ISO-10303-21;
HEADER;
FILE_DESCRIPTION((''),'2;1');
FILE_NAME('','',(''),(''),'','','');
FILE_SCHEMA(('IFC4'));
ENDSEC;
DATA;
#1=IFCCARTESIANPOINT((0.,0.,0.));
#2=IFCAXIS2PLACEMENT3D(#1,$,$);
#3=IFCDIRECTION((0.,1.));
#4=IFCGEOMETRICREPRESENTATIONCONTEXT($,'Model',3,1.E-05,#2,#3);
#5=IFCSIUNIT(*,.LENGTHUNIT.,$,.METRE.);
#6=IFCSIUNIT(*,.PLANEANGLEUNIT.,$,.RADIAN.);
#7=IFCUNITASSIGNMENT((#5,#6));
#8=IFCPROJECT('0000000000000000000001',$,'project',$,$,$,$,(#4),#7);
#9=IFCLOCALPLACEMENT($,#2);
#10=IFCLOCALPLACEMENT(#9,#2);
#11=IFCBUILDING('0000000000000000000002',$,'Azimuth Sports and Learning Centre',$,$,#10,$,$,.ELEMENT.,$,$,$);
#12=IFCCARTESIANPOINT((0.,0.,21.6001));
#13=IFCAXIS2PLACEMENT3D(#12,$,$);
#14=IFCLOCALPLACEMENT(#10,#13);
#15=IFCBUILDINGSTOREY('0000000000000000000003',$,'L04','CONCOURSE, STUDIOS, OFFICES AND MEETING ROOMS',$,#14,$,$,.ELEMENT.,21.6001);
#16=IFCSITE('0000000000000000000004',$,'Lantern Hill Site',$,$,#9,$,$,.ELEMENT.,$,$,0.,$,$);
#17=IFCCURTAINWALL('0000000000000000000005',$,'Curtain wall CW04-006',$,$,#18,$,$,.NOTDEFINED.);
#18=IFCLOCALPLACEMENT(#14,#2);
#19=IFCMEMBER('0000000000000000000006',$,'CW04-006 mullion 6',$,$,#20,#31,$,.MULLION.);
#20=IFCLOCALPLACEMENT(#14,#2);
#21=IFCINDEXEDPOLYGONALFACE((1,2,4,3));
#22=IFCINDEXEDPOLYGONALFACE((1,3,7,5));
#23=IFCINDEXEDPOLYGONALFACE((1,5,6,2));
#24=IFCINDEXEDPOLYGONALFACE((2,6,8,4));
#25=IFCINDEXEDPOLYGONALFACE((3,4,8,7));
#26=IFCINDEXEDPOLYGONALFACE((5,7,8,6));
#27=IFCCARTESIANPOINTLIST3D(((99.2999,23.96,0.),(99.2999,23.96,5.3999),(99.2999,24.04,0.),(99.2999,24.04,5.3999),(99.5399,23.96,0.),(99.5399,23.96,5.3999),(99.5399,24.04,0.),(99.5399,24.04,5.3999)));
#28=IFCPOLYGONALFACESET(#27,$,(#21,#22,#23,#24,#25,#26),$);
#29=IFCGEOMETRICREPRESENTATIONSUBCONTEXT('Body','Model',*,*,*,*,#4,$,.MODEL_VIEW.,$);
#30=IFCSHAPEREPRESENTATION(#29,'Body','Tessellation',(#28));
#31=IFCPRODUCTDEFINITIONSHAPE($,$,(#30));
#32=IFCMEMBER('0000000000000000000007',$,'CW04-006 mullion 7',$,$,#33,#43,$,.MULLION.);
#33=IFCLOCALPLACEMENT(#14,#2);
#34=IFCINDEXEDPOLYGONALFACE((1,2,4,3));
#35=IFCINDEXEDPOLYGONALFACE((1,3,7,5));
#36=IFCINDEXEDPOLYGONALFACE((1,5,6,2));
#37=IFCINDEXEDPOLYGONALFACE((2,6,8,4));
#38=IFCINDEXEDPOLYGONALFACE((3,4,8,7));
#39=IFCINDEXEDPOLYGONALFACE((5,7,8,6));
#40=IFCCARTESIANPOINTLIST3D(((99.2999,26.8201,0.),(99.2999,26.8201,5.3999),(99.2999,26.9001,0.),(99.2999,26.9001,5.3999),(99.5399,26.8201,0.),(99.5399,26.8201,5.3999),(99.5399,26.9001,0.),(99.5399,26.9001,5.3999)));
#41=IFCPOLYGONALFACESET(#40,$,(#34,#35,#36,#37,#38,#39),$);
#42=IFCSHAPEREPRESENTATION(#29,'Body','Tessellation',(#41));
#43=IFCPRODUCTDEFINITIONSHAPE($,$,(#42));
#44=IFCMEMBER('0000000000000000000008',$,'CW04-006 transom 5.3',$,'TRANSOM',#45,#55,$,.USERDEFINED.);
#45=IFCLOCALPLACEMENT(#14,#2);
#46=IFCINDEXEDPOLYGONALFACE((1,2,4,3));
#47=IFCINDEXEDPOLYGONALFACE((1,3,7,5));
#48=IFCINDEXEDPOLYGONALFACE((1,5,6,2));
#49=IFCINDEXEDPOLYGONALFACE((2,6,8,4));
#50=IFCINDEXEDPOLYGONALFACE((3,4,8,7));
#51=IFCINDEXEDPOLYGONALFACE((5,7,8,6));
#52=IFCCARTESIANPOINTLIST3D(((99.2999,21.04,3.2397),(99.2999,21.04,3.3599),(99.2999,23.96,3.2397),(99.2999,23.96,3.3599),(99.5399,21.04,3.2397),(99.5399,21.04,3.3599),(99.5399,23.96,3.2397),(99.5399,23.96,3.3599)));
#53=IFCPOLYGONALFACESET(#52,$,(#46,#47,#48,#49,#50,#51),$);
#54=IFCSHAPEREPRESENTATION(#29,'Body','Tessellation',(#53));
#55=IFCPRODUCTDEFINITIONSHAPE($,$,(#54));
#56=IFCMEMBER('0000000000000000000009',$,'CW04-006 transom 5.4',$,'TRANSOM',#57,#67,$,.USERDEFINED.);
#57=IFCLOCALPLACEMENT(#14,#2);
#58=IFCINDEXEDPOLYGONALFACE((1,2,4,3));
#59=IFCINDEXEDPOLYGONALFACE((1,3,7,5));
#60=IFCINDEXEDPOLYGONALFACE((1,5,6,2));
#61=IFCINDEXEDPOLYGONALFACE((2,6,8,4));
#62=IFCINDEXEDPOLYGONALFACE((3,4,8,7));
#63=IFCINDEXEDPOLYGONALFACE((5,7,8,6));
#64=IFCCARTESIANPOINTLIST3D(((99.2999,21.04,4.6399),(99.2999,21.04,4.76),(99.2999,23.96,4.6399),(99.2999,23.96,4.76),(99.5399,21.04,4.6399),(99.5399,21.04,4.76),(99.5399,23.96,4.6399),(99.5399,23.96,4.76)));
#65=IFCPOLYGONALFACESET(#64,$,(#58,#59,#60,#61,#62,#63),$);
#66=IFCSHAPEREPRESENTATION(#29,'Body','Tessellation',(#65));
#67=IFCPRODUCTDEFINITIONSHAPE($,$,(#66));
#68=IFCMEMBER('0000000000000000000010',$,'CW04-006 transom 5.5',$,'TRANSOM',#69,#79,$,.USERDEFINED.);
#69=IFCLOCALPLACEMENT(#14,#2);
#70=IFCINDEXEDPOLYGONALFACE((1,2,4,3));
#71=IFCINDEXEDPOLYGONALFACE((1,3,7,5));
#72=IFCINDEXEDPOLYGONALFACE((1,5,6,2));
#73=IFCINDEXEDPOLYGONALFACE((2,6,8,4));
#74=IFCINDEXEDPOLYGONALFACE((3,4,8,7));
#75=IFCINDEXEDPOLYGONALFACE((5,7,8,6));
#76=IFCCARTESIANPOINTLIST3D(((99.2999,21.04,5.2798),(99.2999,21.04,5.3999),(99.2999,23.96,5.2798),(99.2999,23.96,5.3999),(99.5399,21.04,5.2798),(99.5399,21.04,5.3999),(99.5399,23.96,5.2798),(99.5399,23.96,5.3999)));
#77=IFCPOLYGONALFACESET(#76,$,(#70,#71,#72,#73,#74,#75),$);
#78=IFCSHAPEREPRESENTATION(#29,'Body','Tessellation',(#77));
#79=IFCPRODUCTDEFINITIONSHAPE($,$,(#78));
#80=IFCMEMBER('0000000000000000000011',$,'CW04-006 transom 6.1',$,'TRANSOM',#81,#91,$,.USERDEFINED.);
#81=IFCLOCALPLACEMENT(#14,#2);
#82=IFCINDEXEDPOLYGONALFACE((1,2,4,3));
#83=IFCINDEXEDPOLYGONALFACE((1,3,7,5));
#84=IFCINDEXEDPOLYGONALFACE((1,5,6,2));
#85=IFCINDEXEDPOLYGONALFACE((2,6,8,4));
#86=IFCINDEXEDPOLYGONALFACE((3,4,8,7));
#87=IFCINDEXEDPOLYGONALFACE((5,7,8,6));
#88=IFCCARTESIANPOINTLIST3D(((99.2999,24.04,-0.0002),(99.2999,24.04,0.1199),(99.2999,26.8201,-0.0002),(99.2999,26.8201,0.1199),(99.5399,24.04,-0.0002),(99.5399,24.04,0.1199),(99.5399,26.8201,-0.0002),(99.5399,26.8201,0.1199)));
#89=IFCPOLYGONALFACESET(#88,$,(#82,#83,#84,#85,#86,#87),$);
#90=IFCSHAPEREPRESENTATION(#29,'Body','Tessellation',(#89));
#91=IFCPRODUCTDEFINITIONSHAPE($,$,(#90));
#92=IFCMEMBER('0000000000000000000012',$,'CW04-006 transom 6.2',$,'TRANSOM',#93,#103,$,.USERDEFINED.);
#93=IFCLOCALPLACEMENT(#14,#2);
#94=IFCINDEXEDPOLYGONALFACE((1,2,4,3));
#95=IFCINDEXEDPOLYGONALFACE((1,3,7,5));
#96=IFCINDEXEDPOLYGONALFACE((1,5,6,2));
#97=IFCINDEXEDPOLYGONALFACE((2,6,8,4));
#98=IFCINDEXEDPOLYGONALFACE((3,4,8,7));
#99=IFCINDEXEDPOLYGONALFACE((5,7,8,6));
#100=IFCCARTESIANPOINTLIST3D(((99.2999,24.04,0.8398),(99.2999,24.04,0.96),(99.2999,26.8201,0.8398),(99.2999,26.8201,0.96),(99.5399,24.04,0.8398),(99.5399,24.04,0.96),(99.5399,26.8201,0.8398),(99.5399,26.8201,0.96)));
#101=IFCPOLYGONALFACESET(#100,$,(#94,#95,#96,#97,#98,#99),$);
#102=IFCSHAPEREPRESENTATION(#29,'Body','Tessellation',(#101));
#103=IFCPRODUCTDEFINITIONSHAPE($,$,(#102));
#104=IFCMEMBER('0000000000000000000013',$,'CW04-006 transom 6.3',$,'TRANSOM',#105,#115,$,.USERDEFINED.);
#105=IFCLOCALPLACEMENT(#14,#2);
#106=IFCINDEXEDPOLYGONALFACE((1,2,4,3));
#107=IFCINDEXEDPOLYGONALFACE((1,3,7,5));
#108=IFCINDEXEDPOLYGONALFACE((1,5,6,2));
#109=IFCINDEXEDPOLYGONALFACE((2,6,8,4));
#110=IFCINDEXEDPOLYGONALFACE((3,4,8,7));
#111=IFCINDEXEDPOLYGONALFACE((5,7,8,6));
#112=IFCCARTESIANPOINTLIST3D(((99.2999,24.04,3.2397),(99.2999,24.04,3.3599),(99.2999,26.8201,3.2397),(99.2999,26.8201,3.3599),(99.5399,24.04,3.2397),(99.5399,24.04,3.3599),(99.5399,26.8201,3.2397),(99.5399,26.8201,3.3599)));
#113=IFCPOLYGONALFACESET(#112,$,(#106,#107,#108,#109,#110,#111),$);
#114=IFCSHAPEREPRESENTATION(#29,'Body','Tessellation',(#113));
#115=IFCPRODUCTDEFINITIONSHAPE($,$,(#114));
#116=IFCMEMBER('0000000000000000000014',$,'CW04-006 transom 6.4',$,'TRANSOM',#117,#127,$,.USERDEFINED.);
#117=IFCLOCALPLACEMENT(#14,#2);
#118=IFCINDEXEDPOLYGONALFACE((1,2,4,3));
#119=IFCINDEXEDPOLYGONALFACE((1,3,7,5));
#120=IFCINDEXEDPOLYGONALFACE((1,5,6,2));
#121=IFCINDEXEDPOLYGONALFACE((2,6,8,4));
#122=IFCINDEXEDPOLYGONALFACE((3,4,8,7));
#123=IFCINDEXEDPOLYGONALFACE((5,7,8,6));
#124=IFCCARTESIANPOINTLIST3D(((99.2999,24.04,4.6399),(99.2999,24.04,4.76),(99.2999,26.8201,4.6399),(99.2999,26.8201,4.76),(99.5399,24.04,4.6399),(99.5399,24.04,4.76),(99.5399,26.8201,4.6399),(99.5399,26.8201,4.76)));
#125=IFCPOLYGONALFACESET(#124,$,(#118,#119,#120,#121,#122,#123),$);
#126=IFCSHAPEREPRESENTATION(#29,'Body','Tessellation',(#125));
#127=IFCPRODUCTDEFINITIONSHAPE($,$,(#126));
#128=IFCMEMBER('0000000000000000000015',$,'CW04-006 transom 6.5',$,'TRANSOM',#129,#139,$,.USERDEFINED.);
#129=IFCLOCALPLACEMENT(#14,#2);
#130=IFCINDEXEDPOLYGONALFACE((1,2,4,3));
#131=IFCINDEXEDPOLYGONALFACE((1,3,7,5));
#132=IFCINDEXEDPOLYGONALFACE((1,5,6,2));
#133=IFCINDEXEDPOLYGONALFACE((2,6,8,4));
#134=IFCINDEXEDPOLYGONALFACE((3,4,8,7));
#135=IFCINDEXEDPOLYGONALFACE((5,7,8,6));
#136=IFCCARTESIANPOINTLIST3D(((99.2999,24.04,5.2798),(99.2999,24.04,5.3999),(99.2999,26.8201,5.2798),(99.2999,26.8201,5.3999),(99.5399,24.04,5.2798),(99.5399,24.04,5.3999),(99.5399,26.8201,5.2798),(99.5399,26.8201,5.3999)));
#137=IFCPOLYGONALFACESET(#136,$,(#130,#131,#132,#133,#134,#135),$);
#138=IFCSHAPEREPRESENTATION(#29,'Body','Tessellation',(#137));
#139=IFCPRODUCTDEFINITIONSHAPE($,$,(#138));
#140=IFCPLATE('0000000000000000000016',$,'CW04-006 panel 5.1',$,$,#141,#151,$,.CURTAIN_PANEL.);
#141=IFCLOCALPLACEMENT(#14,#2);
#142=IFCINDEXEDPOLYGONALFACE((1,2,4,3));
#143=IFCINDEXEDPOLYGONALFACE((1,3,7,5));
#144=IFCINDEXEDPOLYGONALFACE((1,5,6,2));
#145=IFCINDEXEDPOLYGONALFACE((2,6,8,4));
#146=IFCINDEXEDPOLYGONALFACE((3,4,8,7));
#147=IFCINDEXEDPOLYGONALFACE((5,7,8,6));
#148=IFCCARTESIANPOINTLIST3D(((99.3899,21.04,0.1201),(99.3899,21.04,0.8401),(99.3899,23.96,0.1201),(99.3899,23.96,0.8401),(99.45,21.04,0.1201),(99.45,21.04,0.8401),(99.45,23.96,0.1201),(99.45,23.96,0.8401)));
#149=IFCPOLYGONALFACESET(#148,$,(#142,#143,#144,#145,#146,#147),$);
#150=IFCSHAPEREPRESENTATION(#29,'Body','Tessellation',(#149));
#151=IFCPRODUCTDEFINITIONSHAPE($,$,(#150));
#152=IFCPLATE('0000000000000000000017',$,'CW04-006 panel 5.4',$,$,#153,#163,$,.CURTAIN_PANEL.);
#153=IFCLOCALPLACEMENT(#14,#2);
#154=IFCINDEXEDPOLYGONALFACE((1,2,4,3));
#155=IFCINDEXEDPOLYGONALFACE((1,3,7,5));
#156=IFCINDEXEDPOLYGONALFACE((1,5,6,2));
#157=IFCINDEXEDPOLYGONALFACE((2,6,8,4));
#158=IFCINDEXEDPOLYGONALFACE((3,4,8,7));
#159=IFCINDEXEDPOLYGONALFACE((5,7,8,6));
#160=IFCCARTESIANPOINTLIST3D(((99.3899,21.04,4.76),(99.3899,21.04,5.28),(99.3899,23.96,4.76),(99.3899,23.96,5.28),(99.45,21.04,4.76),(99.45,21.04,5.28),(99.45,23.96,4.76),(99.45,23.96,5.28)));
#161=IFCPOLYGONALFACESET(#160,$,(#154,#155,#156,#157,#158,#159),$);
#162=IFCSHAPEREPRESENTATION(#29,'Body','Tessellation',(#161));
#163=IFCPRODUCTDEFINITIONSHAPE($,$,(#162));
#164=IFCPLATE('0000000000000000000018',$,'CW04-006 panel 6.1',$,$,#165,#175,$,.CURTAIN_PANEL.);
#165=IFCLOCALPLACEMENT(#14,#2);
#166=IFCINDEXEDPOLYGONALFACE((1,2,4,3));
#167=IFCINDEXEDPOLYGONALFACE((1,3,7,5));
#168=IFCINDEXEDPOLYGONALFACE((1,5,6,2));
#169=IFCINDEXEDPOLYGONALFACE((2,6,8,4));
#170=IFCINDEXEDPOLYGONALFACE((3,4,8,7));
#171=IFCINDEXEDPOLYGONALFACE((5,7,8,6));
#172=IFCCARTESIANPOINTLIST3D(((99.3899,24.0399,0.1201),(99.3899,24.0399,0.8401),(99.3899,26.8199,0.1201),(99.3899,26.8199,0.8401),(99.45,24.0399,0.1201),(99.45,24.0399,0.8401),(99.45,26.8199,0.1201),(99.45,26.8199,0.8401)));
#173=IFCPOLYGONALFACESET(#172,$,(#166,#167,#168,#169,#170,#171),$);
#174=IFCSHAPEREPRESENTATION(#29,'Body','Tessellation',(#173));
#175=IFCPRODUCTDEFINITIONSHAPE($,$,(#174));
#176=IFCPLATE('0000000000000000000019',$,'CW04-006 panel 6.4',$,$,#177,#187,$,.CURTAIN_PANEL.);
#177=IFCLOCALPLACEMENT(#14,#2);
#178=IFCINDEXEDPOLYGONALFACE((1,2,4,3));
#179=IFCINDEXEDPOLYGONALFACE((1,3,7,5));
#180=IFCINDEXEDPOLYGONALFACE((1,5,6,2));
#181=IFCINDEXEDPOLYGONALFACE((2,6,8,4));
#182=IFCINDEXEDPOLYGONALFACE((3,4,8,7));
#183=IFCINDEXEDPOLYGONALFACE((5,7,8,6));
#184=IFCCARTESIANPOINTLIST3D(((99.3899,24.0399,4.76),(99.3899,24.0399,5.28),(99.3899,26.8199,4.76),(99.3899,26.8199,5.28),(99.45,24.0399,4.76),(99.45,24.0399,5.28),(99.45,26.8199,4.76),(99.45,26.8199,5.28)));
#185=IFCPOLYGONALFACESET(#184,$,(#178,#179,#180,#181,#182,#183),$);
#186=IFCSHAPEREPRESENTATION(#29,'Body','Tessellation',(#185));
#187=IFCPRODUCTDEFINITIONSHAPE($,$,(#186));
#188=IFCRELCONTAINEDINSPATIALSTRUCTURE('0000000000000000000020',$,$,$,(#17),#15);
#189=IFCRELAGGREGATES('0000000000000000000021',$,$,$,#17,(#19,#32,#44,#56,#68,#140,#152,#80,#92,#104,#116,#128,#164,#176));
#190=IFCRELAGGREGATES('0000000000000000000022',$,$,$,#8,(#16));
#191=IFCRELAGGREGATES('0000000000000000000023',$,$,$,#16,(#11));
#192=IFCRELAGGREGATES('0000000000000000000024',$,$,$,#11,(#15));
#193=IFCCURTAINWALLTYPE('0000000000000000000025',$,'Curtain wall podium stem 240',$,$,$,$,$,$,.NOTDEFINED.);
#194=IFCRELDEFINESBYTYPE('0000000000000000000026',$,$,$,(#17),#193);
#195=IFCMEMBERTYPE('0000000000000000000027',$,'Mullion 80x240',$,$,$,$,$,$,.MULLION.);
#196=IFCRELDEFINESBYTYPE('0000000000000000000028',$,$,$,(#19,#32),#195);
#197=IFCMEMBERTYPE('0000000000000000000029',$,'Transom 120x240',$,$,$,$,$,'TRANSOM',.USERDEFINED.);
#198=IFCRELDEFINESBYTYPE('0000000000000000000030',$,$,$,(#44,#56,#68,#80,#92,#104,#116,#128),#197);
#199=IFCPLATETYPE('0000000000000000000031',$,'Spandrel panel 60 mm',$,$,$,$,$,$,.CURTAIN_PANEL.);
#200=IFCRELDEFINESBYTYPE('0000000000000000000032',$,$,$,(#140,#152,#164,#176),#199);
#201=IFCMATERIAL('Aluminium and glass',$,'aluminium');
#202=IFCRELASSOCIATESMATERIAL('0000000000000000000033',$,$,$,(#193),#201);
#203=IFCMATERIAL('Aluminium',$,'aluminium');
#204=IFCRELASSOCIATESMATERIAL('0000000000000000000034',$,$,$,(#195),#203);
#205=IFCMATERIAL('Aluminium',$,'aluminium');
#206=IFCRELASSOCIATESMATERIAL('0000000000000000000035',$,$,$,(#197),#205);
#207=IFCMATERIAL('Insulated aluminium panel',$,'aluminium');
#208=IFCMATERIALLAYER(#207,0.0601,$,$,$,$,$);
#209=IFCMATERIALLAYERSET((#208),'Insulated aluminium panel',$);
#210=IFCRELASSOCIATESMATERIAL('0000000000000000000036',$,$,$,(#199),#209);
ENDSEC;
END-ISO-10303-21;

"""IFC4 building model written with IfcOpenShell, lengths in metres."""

from ifc_helpers import new_model, si_unit, direction, frame, origin, origin_2d, place, context, subcontext, project, spatial, rectangle, extrude, material, layer, layer_set, material_profile, profile_set, type_object, element, aggregate, save


model = new_model("IFC4")

# Units and contexts
model_context = context("Model", 3, precision=1e-05, world=origin(), true_north=direction((0.0, 1.0)))
body_context = subcontext(model_context, "Body", "Model", "MODEL_VIEW")
ifc_project = project(units=[si_unit("LENGTHUNIT", "METRE"), si_unit("PLANEANGLEUNIT", "RADIAN")], contexts=[model_context])

# Site, building, storey
site_placement = place(None, origin())
site = spatial("IfcSite", under=ifc_project, at=site_placement, Name="Lantern Hill Site", CompositionType="ELEMENT", RefElevation=0.0)
building_placement = place(site_placement, origin())
building = spatial("IfcBuilding", under=site, at=building_placement, Name="Azimuth Sports and Learning Centre", CompositionType="ELEMENT")
storey_placement = place(building_placement, frame((0.0, 0.0, 21.6001)))
storey = spatial("IfcBuildingStorey", under=building, at=storey_placement, Name="L04", Description="CONCOURSE, STUDIOS, OFFICES AND MEETING ROOMS", CompositionType="ELEMENT", Elevation=21.6001)

# Curtain wall, members, plates
ifc_material_1 = material(Name="Aluminium and glass", Category="aluminium")
curtain_wall_type = type_object("IfcCurtainWallType", Name="Curtain wall podium stem 240", PredefinedType="NOTDEFINED", material=ifc_material_1)
curtain_wall_placement = place(storey_placement, origin())
curtain_wall = element("IfcCurtainWall", 1, at=curtain_wall_placement, inside=storey, type_object=curtain_wall_type, Name="Curtain wall CW04-006", PredefinedType="NOTDEFINED")
ifc_material_2 = material(Name="Aluminium", Category="aluminium")
ifc_material_profile_1 = material_profile(ifc_material_2, rectangle(XDim=0.24, YDim=0.0801, at=origin_2d()), Name="Mullion 80x240")
ifc_profile_set_1 = profile_set([ifc_material_profile_1], Name="Aluminium")
member_type_1 = type_object("IfcMemberType", Name="Mullion 80x240", PredefinedType="MULLION", material=ifc_profile_set_1)
member_1_placement = place(storey_placement, frame((99.4199, 24.0, 0.0), z_axis=(0.0, 0.0, 1.0), x_axis=(-1.0, 0.0, 0.0)))
member_1 = element("IfcMember", 2, at=member_1_placement, type_object=member_type_1, Name="CW04-006 mullion 6", PredefinedType="MULLION", context=body_context, shape_type="SweptSolid", body=[
    extrude(rectangle(XDim=0.24, YDim=0.0801, at=origin_2d()), origin(), (0.0, 0.0, 1.0), 5.3999),
])
member_2_placement = place(storey_placement, frame((99.4199, 26.8601, 0.0), z_axis=(0.0, 0.0, 1.0), x_axis=(-1.0, 0.0, 0.0)))
member_2 = element("IfcMember", 3, at=member_2_placement, type_object=member_type_1, Name="CW04-006 mullion 7", PredefinedType="MULLION", context=body_context, shape_type="SweptSolid", body=[
    extrude(rectangle(XDim=0.24, YDim=0.0801, at=origin_2d()), origin(), (0.0, 0.0, 1.0), 5.3999),
])
ifc_material_3 = material(Name="Aluminium", Category="aluminium")
ifc_material_profile_2 = material_profile(ifc_material_3, rectangle(XDim=0.24, YDim=0.1201, at=origin_2d()), Name="Transom 120x240")
ifc_profile_set_2 = profile_set([ifc_material_profile_2], Name="Aluminium")
member_type_2 = type_object("IfcMemberType", Name="Transom 120x240", ElementType="TRANSOM", PredefinedType="USERDEFINED", material=ifc_profile_set_2)
member_3_placement = place(storey_placement, frame((99.4199, 21.04, 3.2998), z_axis=(0.0, 1.0, 0.0), x_axis=(-1.0, 0.0, 0.0)))
member_3 = element("IfcMember", 4, at=member_3_placement, type_object=member_type_2, Name="CW04-006 transom 5.3", ObjectType="TRANSOM", PredefinedType="USERDEFINED", context=body_context, shape_type="SweptSolid", body=[
    extrude(rectangle(XDim=0.24, YDim=0.1201, at=origin_2d()), origin(), (0.0, 0.0, 1.0), 2.9199),
])
member_4_placement = place(storey_placement, frame((99.4199, 21.04, 4.7), z_axis=(0.0, 1.0, 0.0), x_axis=(-1.0, 0.0, 0.0)))
member_4 = element("IfcMember", 5, at=member_4_placement, type_object=member_type_2, Name="CW04-006 transom 5.4", ObjectType="TRANSOM", PredefinedType="USERDEFINED", context=body_context, shape_type="SweptSolid", body=[
    extrude(rectangle(XDim=0.24, YDim=0.1201, at=origin_2d()), origin(), (0.0, 0.0, 1.0), 2.9199),
])
member_5_placement = place(storey_placement, frame((99.4199, 21.04, 5.3398), z_axis=(0.0, 1.0, 0.0), x_axis=(-1.0, 0.0, 0.0)))
member_5 = element("IfcMember", 6, at=member_5_placement, type_object=member_type_2, Name="CW04-006 transom 5.5", ObjectType="TRANSOM", PredefinedType="USERDEFINED", context=body_context, shape_type="SweptSolid", body=[
    extrude(rectangle(XDim=0.24, YDim=0.1201, at=origin_2d()), origin(), (0.0, 0.0, 1.0), 2.9199),
])
member_6_placement = place(storey_placement, frame((99.4199, 24.04, 0.0598), z_axis=(0.0, 1.0, 0.0), x_axis=(-1.0, 0.0, 0.0)))
member_6 = element("IfcMember", 7, at=member_6_placement, type_object=member_type_2, Name="CW04-006 transom 6.1", ObjectType="TRANSOM", PredefinedType="USERDEFINED", context=body_context, shape_type="SweptSolid", body=[
    extrude(rectangle(XDim=0.24, YDim=0.1201, at=origin_2d()), origin(), (0.0, 0.0, 1.0), 2.78),
])
member_7_placement = place(storey_placement, frame((99.4199, 24.04, 0.8999), z_axis=(0.0, 1.0, 0.0), x_axis=(-1.0, 0.0, 0.0)))
member_7 = element("IfcMember", 8, at=member_7_placement, type_object=member_type_2, Name="CW04-006 transom 6.2", ObjectType="TRANSOM", PredefinedType="USERDEFINED", context=body_context, shape_type="SweptSolid", body=[
    extrude(rectangle(XDim=0.24, YDim=0.1201, at=origin_2d()), origin(), (0.0, 0.0, 1.0), 2.78),
])
member_8_placement = place(storey_placement, frame((99.4199, 24.04, 3.2998), z_axis=(0.0, 1.0, 0.0), x_axis=(-1.0, 0.0, 0.0)))
member_8 = element("IfcMember", 9, at=member_8_placement, type_object=member_type_2, Name="CW04-006 transom 6.3", ObjectType="TRANSOM", PredefinedType="USERDEFINED", context=body_context, shape_type="SweptSolid", body=[
    extrude(rectangle(XDim=0.24, YDim=0.1201, at=origin_2d()), origin(), (0.0, 0.0, 1.0), 2.78),
])
member_9_placement = place(storey_placement, frame((99.4199, 24.04, 4.7), z_axis=(0.0, 1.0, 0.0), x_axis=(-1.0, 0.0, 0.0)))
member_9 = element("IfcMember", 10, at=member_9_placement, type_object=member_type_2, Name="CW04-006 transom 6.4", ObjectType="TRANSOM", PredefinedType="USERDEFINED", context=body_context, shape_type="SweptSolid", body=[
    extrude(rectangle(XDim=0.24, YDim=0.1201, at=origin_2d()), origin(), (0.0, 0.0, 1.0), 2.78),
])
member_10_placement = place(storey_placement, frame((99.4199, 24.04, 5.3398), z_axis=(0.0, 1.0, 0.0), x_axis=(-1.0, 0.0, 0.0)))
member_10 = element("IfcMember", 11, at=member_10_placement, type_object=member_type_2, Name="CW04-006 transom 6.5", ObjectType="TRANSOM", PredefinedType="USERDEFINED", context=body_context, shape_type="SweptSolid", body=[
    extrude(rectangle(XDim=0.24, YDim=0.1201, at=origin_2d()), origin(), (0.0, 0.0, 1.0), 2.78),
])
ifc_material_4 = material(Name="Insulated aluminium panel", Category="aluminium")
ifc_layer_1 = layer(ifc_material_4, 0.0601)
ifc_layer_set_1 = layer_set([ifc_layer_1], Name="Insulated aluminium panel")
plate_type_1 = type_object("IfcPlateType", Name="Spandrel panel 60 mm", PredefinedType="CURTAIN_PANEL", material=ifc_layer_set_1)
plate_1_placement = place(storey_placement, frame((99.4199, 22.5, 0.1201), z_axis=(0.0, 0.0, 1.0), x_axis=(0.0, 1.0, 0.0)))
plate_1 = element("IfcPlate", 12, at=plate_1_placement, type_object=plate_type_1, Name="CW04-006 panel 5.1", PredefinedType="CURTAIN_PANEL", context=body_context, shape_type="SweptSolid", body=[
    extrude(rectangle(XDim=2.9199, YDim=0.0601, at=origin_2d()), origin(), (0.0, 0.0, 1.0), 0.72),
])
plate_2_placement = place(storey_placement, frame((99.4199, 22.5, 4.76), z_axis=(0.0, 0.0, 1.0), x_axis=(0.0, 1.0, 0.0)))
plate_2 = element("IfcPlate", 13, at=plate_2_placement, type_object=plate_type_1, Name="CW04-006 panel 5.4", PredefinedType="CURTAIN_PANEL", context=body_context, shape_type="SweptSolid", body=[
    extrude(rectangle(XDim=2.9199, YDim=0.0601, at=origin_2d()), origin(), (0.0, 0.0, 1.0), 0.52),
])
plate_3_placement = place(storey_placement, frame((99.4199, 25.4299, 0.1201), z_axis=(0.0, 0.0, 1.0), x_axis=(0.0, 1.0, 0.0)))
plate_3 = element("IfcPlate", 14, at=plate_3_placement, type_object=plate_type_1, Name="CW04-006 panel 6.1", PredefinedType="CURTAIN_PANEL", context=body_context, shape_type="SweptSolid", body=[
    extrude(rectangle(XDim=2.78, YDim=0.0601, at=origin_2d()), origin(), (0.0, 0.0, 1.0), 0.72),
])
plate_4_placement = place(storey_placement, frame((99.4199, 25.4299, 4.76), z_axis=(0.0, 0.0, 1.0), x_axis=(0.0, 1.0, 0.0)))
plate_4 = element("IfcPlate", 15, at=plate_4_placement, type_object=plate_type_1, Name="CW04-006 panel 6.4", PredefinedType="CURTAIN_PANEL", context=body_context, shape_type="SweptSolid", body=[
    extrude(rectangle(XDim=2.78, YDim=0.0601, at=origin_2d()), origin(), (0.0, 0.0, 1.0), 0.52),
])
aggregate(curtain_wall, [member_1, member_2, member_3, member_4, member_5, plate_1, plate_2, member_6, member_7, member_8, member_9, member_10, plate_3, plate_4])

save(model, "model.ifc")
